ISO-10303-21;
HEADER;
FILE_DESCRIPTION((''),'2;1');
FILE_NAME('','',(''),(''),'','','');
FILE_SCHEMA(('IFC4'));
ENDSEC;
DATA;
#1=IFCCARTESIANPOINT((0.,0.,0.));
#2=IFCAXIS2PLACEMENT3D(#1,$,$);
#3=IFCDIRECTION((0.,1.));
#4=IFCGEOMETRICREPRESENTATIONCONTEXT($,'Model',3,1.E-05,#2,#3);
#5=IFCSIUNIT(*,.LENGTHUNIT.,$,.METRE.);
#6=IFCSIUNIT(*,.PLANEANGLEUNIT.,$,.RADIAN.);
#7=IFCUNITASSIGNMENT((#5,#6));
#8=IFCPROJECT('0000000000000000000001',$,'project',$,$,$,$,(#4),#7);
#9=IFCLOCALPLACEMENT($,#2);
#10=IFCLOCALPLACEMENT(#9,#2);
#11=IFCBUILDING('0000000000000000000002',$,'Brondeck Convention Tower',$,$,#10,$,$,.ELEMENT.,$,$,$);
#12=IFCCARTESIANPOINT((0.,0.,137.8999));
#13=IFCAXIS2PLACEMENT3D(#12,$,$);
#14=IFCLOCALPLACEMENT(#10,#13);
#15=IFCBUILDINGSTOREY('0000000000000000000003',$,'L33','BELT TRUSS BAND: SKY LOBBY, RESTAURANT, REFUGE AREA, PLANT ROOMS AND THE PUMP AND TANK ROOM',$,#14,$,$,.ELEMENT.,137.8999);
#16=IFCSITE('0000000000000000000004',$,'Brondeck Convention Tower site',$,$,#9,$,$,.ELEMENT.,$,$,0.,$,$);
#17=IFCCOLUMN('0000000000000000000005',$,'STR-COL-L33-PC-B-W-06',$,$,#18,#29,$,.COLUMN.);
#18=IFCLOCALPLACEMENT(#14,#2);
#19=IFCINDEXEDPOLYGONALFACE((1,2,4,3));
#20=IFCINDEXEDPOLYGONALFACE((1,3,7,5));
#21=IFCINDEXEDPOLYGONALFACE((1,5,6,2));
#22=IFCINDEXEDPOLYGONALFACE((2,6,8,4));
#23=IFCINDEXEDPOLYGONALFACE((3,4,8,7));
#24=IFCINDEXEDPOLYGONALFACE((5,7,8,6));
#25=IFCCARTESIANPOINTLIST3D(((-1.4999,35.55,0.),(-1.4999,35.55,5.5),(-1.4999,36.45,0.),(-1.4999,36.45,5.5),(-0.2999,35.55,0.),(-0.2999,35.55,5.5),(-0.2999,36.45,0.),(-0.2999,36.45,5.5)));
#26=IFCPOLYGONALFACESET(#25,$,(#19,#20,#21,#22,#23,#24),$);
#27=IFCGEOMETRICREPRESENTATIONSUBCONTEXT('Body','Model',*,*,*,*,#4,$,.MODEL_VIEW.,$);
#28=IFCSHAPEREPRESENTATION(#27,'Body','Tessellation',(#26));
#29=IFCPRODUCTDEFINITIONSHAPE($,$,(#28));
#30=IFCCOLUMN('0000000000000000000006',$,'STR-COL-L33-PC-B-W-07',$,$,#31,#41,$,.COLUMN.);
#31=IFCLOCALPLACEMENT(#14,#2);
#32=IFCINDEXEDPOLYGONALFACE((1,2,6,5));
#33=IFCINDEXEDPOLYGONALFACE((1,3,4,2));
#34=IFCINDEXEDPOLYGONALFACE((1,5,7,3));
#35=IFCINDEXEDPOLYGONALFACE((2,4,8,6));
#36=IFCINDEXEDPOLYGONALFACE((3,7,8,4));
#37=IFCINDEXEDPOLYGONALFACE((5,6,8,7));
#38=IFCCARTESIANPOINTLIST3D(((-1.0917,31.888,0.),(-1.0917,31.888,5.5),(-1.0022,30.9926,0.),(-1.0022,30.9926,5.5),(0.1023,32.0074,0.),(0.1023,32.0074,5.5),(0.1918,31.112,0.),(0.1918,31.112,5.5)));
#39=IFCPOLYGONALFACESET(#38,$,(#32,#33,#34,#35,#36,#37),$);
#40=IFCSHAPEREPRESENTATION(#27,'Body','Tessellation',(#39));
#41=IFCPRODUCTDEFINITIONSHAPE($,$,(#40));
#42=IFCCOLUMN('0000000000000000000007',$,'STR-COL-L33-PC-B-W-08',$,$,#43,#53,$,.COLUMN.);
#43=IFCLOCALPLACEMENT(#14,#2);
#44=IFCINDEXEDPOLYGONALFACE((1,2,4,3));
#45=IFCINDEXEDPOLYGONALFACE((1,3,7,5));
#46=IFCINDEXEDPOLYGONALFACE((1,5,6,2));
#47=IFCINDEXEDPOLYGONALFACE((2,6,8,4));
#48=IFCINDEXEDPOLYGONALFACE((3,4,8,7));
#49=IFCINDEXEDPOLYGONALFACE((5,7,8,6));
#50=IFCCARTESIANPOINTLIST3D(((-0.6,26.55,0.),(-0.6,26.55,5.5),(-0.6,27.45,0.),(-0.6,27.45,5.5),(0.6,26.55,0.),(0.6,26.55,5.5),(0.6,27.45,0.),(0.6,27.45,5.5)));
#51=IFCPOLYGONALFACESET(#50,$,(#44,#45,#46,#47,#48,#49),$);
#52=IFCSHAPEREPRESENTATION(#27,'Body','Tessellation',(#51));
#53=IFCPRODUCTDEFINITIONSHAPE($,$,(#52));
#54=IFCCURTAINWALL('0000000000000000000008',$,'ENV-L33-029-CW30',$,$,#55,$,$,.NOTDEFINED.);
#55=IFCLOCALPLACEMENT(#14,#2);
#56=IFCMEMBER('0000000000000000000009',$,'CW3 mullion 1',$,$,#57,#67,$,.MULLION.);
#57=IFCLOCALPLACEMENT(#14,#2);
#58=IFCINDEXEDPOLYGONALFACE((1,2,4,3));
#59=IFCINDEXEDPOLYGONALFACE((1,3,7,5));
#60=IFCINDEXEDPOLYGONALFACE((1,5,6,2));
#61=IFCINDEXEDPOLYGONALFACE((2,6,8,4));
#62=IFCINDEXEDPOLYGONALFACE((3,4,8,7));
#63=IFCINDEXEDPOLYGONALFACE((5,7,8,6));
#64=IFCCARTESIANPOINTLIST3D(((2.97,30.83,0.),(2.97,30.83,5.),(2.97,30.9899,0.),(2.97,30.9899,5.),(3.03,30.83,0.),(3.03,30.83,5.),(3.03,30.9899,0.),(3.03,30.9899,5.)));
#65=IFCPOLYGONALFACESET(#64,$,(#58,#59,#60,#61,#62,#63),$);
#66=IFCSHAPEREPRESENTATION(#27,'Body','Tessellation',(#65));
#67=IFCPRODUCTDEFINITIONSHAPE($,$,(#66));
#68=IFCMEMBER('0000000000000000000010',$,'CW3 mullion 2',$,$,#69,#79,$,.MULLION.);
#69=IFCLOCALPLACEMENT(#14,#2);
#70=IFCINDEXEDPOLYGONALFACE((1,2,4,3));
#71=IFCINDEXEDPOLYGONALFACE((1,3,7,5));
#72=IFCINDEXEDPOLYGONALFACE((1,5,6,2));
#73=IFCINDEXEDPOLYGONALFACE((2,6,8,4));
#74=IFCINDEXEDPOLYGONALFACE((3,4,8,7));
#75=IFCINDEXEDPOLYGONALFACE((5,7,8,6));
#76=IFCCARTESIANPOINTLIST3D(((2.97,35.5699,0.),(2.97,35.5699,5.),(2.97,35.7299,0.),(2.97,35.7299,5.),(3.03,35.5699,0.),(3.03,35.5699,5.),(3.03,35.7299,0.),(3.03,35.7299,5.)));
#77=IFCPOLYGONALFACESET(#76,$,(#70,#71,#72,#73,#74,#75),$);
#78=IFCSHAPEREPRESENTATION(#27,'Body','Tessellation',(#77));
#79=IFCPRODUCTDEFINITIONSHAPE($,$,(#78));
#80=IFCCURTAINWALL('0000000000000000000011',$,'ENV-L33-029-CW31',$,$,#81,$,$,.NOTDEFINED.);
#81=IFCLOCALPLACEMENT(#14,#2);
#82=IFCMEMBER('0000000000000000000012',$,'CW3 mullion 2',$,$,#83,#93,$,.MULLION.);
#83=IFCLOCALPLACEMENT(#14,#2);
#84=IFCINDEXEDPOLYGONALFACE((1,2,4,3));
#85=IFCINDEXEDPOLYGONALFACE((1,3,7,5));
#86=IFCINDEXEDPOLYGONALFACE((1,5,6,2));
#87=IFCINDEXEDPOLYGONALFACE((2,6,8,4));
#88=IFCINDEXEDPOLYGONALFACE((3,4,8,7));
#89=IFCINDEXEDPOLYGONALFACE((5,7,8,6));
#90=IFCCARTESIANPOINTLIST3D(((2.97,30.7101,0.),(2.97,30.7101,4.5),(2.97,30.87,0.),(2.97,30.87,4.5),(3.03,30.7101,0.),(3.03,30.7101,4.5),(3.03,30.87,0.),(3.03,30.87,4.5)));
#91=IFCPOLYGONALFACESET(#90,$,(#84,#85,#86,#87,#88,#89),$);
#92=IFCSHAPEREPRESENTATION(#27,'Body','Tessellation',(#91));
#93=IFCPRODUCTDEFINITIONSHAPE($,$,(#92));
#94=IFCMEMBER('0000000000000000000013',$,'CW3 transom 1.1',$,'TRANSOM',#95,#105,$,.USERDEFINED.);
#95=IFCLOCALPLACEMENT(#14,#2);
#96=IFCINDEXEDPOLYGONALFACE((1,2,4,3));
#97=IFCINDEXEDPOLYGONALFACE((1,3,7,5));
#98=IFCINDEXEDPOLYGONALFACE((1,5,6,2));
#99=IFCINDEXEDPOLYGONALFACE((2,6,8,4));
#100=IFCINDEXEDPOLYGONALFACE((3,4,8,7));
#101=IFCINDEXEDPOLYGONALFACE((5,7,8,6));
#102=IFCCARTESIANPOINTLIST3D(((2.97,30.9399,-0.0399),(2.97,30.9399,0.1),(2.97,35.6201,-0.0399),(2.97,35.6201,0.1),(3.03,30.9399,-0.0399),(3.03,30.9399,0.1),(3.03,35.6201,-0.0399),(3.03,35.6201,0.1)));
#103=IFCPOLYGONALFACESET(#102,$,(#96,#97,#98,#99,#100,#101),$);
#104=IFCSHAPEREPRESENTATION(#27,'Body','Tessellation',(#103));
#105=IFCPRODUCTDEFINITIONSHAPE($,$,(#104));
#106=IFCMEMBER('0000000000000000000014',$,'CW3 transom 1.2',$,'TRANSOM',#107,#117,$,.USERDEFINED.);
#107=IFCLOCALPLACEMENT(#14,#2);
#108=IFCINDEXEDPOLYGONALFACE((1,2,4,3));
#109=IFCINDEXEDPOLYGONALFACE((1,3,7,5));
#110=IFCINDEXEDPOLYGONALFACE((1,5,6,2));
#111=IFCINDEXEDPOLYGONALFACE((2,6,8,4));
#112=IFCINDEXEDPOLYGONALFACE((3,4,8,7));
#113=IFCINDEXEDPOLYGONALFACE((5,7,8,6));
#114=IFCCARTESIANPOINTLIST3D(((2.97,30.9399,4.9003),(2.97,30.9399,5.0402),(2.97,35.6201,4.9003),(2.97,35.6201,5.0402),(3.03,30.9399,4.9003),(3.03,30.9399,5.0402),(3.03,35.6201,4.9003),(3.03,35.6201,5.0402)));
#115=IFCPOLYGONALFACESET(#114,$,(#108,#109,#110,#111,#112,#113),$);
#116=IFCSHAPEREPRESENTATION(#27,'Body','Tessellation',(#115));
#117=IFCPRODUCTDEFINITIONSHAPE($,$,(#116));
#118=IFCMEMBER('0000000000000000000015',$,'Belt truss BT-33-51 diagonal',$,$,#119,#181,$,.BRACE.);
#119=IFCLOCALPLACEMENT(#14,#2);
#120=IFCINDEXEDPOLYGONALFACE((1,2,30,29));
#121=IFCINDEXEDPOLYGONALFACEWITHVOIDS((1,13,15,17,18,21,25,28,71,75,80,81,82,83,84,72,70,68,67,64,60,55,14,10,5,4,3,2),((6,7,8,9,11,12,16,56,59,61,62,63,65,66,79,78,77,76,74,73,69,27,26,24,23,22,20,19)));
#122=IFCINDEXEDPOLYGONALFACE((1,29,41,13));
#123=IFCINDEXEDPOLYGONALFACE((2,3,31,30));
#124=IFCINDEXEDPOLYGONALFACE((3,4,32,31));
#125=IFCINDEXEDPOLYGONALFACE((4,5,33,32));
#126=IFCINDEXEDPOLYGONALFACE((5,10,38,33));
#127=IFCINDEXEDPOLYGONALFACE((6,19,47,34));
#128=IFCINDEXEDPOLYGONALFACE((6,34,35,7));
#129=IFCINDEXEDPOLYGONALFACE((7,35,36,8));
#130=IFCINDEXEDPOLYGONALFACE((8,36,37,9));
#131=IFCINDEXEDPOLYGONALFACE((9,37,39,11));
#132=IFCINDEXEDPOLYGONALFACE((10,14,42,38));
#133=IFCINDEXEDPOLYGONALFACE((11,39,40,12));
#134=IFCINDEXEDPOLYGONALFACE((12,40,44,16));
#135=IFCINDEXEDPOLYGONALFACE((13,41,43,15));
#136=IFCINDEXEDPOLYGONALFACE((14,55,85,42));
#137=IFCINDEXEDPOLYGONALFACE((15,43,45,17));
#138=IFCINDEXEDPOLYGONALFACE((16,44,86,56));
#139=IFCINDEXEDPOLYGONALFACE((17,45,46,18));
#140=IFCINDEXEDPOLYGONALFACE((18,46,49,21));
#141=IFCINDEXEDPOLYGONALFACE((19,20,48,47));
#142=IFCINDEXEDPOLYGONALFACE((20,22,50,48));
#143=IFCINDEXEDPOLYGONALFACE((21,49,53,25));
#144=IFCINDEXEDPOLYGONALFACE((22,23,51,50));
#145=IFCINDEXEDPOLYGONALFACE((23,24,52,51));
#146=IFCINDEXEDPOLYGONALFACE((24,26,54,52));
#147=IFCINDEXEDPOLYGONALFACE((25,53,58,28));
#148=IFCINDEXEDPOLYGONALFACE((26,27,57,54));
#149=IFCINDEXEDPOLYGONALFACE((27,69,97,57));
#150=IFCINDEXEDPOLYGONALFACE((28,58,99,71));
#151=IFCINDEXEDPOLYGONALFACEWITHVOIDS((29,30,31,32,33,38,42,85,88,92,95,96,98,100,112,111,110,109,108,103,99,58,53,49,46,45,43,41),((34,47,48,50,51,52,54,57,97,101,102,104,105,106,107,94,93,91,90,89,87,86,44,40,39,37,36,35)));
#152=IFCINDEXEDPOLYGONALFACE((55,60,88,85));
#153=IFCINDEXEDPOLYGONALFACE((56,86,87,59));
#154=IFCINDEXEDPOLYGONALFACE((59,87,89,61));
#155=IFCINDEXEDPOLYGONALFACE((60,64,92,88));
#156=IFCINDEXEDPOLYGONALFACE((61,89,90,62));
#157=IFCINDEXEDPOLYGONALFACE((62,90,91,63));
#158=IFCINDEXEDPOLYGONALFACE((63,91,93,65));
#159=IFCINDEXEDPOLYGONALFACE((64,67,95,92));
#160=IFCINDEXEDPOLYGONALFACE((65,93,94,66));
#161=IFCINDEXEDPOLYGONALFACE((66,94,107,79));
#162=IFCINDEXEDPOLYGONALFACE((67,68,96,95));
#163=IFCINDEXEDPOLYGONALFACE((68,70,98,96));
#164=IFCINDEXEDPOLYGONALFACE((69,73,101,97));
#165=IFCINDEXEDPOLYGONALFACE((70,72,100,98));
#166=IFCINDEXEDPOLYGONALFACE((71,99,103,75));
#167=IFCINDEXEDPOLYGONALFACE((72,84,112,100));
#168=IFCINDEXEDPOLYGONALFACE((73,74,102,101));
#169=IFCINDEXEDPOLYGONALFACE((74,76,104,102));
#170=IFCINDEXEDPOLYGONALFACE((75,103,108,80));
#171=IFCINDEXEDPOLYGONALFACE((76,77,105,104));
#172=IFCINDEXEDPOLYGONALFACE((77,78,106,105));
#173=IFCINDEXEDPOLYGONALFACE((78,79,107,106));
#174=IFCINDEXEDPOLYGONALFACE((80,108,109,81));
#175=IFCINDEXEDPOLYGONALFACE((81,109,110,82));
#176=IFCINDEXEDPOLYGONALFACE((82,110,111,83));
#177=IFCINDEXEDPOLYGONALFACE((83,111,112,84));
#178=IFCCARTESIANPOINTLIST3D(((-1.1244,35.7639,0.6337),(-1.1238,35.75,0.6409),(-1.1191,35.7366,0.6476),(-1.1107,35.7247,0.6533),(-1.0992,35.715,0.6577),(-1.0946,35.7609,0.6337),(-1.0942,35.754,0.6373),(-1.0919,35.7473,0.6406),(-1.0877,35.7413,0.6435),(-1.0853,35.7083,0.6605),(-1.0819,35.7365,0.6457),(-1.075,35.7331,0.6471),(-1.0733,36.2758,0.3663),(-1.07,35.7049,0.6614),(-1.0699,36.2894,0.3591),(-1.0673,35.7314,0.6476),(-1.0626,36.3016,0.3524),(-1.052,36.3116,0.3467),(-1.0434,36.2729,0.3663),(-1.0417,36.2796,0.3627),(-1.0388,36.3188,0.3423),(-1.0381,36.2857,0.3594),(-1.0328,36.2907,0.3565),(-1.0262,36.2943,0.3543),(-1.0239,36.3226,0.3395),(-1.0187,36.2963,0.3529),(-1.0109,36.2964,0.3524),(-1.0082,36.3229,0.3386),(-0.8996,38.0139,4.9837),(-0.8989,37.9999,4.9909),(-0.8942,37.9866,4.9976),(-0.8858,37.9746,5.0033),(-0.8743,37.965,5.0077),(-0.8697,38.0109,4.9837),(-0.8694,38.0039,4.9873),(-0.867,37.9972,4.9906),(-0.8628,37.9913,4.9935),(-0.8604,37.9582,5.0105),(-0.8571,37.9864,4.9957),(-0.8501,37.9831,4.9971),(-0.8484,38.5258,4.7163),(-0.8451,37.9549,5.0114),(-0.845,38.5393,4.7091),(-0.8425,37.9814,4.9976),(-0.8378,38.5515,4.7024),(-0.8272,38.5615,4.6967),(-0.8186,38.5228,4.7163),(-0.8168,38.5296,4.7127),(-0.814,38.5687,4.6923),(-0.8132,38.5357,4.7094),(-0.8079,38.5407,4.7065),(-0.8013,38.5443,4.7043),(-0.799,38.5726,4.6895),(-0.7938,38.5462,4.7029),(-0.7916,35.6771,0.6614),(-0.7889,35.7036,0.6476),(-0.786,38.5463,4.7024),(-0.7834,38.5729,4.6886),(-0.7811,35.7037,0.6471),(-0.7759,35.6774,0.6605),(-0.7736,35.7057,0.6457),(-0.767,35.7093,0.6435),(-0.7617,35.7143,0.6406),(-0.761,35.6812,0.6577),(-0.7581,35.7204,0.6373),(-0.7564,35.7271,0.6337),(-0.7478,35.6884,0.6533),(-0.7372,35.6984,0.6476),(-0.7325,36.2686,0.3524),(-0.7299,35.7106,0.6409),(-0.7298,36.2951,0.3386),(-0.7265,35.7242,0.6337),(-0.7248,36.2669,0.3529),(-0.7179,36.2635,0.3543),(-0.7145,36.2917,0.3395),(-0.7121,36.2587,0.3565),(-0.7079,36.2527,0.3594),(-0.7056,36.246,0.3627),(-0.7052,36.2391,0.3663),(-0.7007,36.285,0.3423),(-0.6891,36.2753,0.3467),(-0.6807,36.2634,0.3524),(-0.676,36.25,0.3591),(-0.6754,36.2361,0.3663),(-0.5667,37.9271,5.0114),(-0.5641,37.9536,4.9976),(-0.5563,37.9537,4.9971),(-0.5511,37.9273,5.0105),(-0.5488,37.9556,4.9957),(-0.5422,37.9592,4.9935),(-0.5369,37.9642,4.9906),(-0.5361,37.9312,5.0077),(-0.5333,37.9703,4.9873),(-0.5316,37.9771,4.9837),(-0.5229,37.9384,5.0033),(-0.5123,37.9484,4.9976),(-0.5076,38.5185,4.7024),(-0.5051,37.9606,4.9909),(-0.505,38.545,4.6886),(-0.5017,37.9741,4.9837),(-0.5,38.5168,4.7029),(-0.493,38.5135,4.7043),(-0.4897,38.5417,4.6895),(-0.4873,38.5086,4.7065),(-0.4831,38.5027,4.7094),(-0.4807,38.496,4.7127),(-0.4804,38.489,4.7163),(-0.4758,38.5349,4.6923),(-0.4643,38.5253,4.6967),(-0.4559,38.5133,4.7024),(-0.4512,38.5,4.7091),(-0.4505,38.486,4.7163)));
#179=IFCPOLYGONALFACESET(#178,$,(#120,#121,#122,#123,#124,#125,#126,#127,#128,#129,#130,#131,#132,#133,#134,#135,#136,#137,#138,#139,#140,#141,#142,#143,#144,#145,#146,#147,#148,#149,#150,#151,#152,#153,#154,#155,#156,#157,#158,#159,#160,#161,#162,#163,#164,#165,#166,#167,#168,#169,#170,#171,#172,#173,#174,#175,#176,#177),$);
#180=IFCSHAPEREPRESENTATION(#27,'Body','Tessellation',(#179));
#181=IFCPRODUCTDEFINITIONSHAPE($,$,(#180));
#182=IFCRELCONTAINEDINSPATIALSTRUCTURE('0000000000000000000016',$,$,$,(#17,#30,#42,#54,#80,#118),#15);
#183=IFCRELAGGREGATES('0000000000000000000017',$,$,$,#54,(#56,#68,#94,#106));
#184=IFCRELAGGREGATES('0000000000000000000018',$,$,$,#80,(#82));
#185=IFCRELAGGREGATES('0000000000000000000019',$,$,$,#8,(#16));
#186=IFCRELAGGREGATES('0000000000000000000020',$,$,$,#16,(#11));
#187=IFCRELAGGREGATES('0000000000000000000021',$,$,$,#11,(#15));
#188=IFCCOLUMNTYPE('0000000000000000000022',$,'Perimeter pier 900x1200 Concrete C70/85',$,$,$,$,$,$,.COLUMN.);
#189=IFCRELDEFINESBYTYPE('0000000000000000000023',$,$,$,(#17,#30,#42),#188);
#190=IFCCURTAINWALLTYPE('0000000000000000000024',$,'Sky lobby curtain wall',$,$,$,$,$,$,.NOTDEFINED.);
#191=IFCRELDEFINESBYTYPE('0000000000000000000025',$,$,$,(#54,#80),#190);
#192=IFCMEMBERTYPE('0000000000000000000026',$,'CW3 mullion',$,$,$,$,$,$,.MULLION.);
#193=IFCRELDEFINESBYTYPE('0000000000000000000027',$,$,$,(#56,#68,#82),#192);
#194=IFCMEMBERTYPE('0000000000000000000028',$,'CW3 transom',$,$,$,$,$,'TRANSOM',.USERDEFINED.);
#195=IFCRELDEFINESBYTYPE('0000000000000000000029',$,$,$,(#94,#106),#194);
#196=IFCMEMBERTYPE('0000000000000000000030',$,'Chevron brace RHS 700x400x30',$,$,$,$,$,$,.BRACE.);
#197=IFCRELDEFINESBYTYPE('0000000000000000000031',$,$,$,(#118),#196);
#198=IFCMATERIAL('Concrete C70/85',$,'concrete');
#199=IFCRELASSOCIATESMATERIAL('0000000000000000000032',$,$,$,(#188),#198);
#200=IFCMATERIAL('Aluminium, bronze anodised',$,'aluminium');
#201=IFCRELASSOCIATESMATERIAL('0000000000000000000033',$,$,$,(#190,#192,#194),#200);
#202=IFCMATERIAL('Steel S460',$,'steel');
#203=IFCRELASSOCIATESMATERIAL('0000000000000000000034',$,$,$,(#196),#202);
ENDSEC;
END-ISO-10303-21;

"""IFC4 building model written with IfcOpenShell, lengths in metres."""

from ifc_helpers import new_model, si_unit, direction, frame, origin, origin_2d, place, context, subcontext, project, spatial, rectangle, hollow_rectangle, extrude, material, material_profile, profile_set, type_object, element, aggregate, save


model = new_model("IFC4")

# Units and contexts
model_context = context("Model", 3, precision=1e-05, world=origin(), true_north=direction((0.0, 1.0)))
body_context = subcontext(model_context, "Body", "Model", "MODEL_VIEW")
ifc_project = project(units=[si_unit("LENGTHUNIT", "METRE"), si_unit("PLANEANGLEUNIT", "RADIAN")], contexts=[model_context])

# Site, building, storey
site_placement = place(None, origin())
site = spatial("IfcSite", under=ifc_project, at=site_placement, Name="Brondeck Convention Tower site", CompositionType="ELEMENT", RefElevation=0.0)
building_placement = place(site_placement, origin())
building = spatial("IfcBuilding", under=site, at=building_placement, Name="Brondeck Convention Tower", CompositionType="ELEMENT")
storey_placement = place(building_placement, frame((0.0, 0.0, 137.8999)))
storey = spatial("IfcBuildingStorey", under=building, at=storey_placement, Name="L33", Description="BELT TRUSS BAND: SKY LOBBY, RESTAURANT, REFUGE AREA, PLANT ROOMS AND THE PUMP AND TANK ROOM", CompositionType="ELEMENT", Elevation=137.8999)

# Columns
ifc_material_1 = material(Name="Concrete C70/85", Category="concrete")
ifc_material_profile_1 = material_profile(ifc_material_1, rectangle(XDim=0.8999, YDim=1.2, at=origin_2d()), Name="Perimeter pier 900x1200 Concrete C70/85")
ifc_profile_set_1 = profile_set([ifc_material_profile_1], Name="Concrete C70/85")
column_type = type_object("IfcColumnType", Name="Perimeter pier 900x1200 Concrete C70/85", PredefinedType="COLUMN", material=ifc_profile_set_1)
for number, where, z_axis, x_axis, name in (
    (1, (-0.8999, 36.0, 0.0), (0.0, 0.0, 1.0), (0.0, -1.0, 0.0), "STR-COL-L33-PC-B-W-06"),
    (2, (-0.45, 31.5, 0.0), (0.0, 0.0, 1.0), (0.099504, -0.995037, 0.0), "STR-COL-L33-PC-B-W-07"),
    (3, (0.0, 27.0, 0.0), (0.0, 0.0, 1.0), (0.0, -1.0, 0.0), "STR-COL-L33-PC-B-W-08"),
):
    element("IfcColumn", number, at=place(storey_placement, frame(where, z_axis=z_axis, x_axis=x_axis)), inside=storey, type_object=column_type, Name=name, PredefinedType="COLUMN", context=body_context, shape_type="SweptSolid", body=[
        extrude(rectangle(XDim=0.8999, YDim=1.2, at=origin_2d()), origin(), (0.0, 0.0, 1.0), 5.5),
    ])

# Curtain wall, members
ifc_material_2 = material(Name="Aluminium, bronze anodised", Category="aluminium")
curtain_wall_type = type_object("IfcCurtainWallType", Name="Sky lobby curtain wall", PredefinedType="NOTDEFINED", material=ifc_material_2)
curtain_wall_1_placement = place(storey_placement, origin())
curtain_wall_1 = element("IfcCurtainWall", 4, at=curtain_wall_1_placement, inside=storey, type_object=curtain_wall_type, Name="ENV-L33-029-CW30", PredefinedType="NOTDEFINED")
ifc_material_profile_2 = material_profile(ifc_material_2, rectangle(XDim=0.0601, YDim=0.1599, at=origin_2d()), Name="CW3 mullion")
ifc_profile_set_2 = profile_set([ifc_material_profile_2], Name="Aluminium, bronze anodised")
member_type_1 = type_object("IfcMemberType", Name="CW3 mullion", PredefinedType="MULLION", material=ifc_profile_set_2)
member_1_placement = place(storey_placement, frame((3.0, 30.9099, 0.0), z_axis=(0.0, 0.0, 1.0), x_axis=(-1.0, 0.0, 0.0)))
member_1 = element("IfcMember", 5, at=member_1_placement, type_object=member_type_1, Name="CW3 mullion 1", PredefinedType="MULLION", context=body_context, shape_type="SweptSolid", body=[
    extrude(rectangle(XDim=0.0601, YDim=0.1599, at=origin_2d()), origin(), (0.0, 0.0, 1.0), 5.0),
])
member_2_placement = place(storey_placement, frame((3.0, 35.6499, 0.0), z_axis=(0.0, 0.0, 1.0), x_axis=(-1.0, 0.0, 0.0)))
member_2 = element("IfcMember", 6, at=member_2_placement, type_object=member_type_1, Name="CW3 mullion 2", PredefinedType="MULLION", context=body_context, shape_type="SweptSolid", body=[
    extrude(rectangle(XDim=0.0601, YDim=0.1599, at=origin_2d()), origin(), (0.0, 0.0, 1.0), 5.0),
])

# Curtain wall, member
curtain_wall_2_placement = place(storey_placement, origin())
curtain_wall_2 = element("IfcCurtainWall", 7, at=curtain_wall_2_placement, inside=storey, type_object=curtain_wall_type, Name="ENV-L33-029-CW31", PredefinedType="NOTDEFINED")
member_3_placement = place(storey_placement, frame((3.0, 30.79, 0.0), z_axis=(0.0, 0.0, 1.0), x_axis=(-1.0, 0.0, 0.0)))
member_3 = element("IfcMember", 8, at=member_3_placement, type_object=member_type_1, Name="CW3 mullion 2", PredefinedType="MULLION", context=body_context, shape_type="SweptSolid", body=[
    extrude(rectangle(XDim=0.0601, YDim=0.1599, at=origin_2d()), origin(), (0.0, 0.0, 1.0), 4.5),
])

# Members
ifc_material_profile_3 = material_profile(ifc_material_2, rectangle(XDim=0.0601, YDim=0.1399, at=origin_2d()), Name="CW3 transom")
ifc_profile_set_3 = profile_set([ifc_material_profile_3], Name="Aluminium, bronze anodised")
member_type_2 = type_object("IfcMemberType", Name="CW3 transom", ElementType="TRANSOM", PredefinedType="USERDEFINED", material=ifc_profile_set_3)
member_4_placement = place(storey_placement, frame((3.0, 30.9399, 0.03), z_axis=(0.0, 1.0, 0.0), x_axis=(-1.0, 0.0, 0.0)))
member_4 = element("IfcMember", 9, at=member_4_placement, type_object=member_type_2, Name="CW3 transom 1.1", ObjectType="TRANSOM", PredefinedType="USERDEFINED", context=body_context, shape_type="SweptSolid", body=[
    extrude(rectangle(XDim=0.0601, YDim=0.1399, at=origin_2d()), origin(), (0.0, 0.0, 1.0), 4.6802),
])
member_5_placement = place(storey_placement, frame((3.0, 30.9399, 4.9702), z_axis=(0.0, 1.0, 0.0), x_axis=(-1.0, 0.0, 0.0)))
member_5 = element("IfcMember", 10, at=member_5_placement, type_object=member_type_2, Name="CW3 transom 1.2", ObjectType="TRANSOM", PredefinedType="USERDEFINED", context=body_context, shape_type="SweptSolid", body=[
    extrude(rectangle(XDim=0.0601, YDim=0.1399, at=origin_2d()), origin(), (0.0, 0.0, 1.0), 4.6802),
])

# Member
ifc_material_3 = material(Name="Steel S460", Category="steel")
ifc_material_profile_4 = material_profile(ifc_material_3, hollow_rectangle(XDim=0.3999, YDim=0.7, WallThickness=0.03, InnerFilletRadius=0.03, OuterFilletRadius=0.0601, at=origin_2d()), Name="RHS 700x400x30")
ifc_profile_set_4 = profile_set([ifc_material_profile_4], Name="Steel S460")
member_type_3 = type_object("IfcMemberType", Name="Chevron brace RHS 700x400x30", PredefinedType="BRACE", material=ifc_profile_set_4)
for number, where, z_axis, x_axis, name in (
    (11, (-0.8999, 36.0, 0.5), (0.045863, 0.458931, 0.887287), (-0.995044, 0.09944, 0.0), "Belt truss BT-33-51 diagonal"),
):
    element("IfcMember", number, at=place(storey_placement, frame(where, z_axis=z_axis, x_axis=x_axis)), inside=storey, type_object=member_type_3, Name=name, PredefinedType="BRACE", context=body_context, shape_type="SweptSolid", body=[
        extrude(hollow_rectangle(XDim=0.3999, YDim=0.7, WallThickness=0.03, InnerFilletRadius=0.03, OuterFilletRadius=0.0601, at=origin_2d()), origin(), (0.0, 0.0, 1.0), 4.9026),
    ])

aggregate(curtain_wall_1, [member_1, member_2, member_4, member_5])
aggregate(curtain_wall_2, [member_3])

save(model, "model.ifc")
